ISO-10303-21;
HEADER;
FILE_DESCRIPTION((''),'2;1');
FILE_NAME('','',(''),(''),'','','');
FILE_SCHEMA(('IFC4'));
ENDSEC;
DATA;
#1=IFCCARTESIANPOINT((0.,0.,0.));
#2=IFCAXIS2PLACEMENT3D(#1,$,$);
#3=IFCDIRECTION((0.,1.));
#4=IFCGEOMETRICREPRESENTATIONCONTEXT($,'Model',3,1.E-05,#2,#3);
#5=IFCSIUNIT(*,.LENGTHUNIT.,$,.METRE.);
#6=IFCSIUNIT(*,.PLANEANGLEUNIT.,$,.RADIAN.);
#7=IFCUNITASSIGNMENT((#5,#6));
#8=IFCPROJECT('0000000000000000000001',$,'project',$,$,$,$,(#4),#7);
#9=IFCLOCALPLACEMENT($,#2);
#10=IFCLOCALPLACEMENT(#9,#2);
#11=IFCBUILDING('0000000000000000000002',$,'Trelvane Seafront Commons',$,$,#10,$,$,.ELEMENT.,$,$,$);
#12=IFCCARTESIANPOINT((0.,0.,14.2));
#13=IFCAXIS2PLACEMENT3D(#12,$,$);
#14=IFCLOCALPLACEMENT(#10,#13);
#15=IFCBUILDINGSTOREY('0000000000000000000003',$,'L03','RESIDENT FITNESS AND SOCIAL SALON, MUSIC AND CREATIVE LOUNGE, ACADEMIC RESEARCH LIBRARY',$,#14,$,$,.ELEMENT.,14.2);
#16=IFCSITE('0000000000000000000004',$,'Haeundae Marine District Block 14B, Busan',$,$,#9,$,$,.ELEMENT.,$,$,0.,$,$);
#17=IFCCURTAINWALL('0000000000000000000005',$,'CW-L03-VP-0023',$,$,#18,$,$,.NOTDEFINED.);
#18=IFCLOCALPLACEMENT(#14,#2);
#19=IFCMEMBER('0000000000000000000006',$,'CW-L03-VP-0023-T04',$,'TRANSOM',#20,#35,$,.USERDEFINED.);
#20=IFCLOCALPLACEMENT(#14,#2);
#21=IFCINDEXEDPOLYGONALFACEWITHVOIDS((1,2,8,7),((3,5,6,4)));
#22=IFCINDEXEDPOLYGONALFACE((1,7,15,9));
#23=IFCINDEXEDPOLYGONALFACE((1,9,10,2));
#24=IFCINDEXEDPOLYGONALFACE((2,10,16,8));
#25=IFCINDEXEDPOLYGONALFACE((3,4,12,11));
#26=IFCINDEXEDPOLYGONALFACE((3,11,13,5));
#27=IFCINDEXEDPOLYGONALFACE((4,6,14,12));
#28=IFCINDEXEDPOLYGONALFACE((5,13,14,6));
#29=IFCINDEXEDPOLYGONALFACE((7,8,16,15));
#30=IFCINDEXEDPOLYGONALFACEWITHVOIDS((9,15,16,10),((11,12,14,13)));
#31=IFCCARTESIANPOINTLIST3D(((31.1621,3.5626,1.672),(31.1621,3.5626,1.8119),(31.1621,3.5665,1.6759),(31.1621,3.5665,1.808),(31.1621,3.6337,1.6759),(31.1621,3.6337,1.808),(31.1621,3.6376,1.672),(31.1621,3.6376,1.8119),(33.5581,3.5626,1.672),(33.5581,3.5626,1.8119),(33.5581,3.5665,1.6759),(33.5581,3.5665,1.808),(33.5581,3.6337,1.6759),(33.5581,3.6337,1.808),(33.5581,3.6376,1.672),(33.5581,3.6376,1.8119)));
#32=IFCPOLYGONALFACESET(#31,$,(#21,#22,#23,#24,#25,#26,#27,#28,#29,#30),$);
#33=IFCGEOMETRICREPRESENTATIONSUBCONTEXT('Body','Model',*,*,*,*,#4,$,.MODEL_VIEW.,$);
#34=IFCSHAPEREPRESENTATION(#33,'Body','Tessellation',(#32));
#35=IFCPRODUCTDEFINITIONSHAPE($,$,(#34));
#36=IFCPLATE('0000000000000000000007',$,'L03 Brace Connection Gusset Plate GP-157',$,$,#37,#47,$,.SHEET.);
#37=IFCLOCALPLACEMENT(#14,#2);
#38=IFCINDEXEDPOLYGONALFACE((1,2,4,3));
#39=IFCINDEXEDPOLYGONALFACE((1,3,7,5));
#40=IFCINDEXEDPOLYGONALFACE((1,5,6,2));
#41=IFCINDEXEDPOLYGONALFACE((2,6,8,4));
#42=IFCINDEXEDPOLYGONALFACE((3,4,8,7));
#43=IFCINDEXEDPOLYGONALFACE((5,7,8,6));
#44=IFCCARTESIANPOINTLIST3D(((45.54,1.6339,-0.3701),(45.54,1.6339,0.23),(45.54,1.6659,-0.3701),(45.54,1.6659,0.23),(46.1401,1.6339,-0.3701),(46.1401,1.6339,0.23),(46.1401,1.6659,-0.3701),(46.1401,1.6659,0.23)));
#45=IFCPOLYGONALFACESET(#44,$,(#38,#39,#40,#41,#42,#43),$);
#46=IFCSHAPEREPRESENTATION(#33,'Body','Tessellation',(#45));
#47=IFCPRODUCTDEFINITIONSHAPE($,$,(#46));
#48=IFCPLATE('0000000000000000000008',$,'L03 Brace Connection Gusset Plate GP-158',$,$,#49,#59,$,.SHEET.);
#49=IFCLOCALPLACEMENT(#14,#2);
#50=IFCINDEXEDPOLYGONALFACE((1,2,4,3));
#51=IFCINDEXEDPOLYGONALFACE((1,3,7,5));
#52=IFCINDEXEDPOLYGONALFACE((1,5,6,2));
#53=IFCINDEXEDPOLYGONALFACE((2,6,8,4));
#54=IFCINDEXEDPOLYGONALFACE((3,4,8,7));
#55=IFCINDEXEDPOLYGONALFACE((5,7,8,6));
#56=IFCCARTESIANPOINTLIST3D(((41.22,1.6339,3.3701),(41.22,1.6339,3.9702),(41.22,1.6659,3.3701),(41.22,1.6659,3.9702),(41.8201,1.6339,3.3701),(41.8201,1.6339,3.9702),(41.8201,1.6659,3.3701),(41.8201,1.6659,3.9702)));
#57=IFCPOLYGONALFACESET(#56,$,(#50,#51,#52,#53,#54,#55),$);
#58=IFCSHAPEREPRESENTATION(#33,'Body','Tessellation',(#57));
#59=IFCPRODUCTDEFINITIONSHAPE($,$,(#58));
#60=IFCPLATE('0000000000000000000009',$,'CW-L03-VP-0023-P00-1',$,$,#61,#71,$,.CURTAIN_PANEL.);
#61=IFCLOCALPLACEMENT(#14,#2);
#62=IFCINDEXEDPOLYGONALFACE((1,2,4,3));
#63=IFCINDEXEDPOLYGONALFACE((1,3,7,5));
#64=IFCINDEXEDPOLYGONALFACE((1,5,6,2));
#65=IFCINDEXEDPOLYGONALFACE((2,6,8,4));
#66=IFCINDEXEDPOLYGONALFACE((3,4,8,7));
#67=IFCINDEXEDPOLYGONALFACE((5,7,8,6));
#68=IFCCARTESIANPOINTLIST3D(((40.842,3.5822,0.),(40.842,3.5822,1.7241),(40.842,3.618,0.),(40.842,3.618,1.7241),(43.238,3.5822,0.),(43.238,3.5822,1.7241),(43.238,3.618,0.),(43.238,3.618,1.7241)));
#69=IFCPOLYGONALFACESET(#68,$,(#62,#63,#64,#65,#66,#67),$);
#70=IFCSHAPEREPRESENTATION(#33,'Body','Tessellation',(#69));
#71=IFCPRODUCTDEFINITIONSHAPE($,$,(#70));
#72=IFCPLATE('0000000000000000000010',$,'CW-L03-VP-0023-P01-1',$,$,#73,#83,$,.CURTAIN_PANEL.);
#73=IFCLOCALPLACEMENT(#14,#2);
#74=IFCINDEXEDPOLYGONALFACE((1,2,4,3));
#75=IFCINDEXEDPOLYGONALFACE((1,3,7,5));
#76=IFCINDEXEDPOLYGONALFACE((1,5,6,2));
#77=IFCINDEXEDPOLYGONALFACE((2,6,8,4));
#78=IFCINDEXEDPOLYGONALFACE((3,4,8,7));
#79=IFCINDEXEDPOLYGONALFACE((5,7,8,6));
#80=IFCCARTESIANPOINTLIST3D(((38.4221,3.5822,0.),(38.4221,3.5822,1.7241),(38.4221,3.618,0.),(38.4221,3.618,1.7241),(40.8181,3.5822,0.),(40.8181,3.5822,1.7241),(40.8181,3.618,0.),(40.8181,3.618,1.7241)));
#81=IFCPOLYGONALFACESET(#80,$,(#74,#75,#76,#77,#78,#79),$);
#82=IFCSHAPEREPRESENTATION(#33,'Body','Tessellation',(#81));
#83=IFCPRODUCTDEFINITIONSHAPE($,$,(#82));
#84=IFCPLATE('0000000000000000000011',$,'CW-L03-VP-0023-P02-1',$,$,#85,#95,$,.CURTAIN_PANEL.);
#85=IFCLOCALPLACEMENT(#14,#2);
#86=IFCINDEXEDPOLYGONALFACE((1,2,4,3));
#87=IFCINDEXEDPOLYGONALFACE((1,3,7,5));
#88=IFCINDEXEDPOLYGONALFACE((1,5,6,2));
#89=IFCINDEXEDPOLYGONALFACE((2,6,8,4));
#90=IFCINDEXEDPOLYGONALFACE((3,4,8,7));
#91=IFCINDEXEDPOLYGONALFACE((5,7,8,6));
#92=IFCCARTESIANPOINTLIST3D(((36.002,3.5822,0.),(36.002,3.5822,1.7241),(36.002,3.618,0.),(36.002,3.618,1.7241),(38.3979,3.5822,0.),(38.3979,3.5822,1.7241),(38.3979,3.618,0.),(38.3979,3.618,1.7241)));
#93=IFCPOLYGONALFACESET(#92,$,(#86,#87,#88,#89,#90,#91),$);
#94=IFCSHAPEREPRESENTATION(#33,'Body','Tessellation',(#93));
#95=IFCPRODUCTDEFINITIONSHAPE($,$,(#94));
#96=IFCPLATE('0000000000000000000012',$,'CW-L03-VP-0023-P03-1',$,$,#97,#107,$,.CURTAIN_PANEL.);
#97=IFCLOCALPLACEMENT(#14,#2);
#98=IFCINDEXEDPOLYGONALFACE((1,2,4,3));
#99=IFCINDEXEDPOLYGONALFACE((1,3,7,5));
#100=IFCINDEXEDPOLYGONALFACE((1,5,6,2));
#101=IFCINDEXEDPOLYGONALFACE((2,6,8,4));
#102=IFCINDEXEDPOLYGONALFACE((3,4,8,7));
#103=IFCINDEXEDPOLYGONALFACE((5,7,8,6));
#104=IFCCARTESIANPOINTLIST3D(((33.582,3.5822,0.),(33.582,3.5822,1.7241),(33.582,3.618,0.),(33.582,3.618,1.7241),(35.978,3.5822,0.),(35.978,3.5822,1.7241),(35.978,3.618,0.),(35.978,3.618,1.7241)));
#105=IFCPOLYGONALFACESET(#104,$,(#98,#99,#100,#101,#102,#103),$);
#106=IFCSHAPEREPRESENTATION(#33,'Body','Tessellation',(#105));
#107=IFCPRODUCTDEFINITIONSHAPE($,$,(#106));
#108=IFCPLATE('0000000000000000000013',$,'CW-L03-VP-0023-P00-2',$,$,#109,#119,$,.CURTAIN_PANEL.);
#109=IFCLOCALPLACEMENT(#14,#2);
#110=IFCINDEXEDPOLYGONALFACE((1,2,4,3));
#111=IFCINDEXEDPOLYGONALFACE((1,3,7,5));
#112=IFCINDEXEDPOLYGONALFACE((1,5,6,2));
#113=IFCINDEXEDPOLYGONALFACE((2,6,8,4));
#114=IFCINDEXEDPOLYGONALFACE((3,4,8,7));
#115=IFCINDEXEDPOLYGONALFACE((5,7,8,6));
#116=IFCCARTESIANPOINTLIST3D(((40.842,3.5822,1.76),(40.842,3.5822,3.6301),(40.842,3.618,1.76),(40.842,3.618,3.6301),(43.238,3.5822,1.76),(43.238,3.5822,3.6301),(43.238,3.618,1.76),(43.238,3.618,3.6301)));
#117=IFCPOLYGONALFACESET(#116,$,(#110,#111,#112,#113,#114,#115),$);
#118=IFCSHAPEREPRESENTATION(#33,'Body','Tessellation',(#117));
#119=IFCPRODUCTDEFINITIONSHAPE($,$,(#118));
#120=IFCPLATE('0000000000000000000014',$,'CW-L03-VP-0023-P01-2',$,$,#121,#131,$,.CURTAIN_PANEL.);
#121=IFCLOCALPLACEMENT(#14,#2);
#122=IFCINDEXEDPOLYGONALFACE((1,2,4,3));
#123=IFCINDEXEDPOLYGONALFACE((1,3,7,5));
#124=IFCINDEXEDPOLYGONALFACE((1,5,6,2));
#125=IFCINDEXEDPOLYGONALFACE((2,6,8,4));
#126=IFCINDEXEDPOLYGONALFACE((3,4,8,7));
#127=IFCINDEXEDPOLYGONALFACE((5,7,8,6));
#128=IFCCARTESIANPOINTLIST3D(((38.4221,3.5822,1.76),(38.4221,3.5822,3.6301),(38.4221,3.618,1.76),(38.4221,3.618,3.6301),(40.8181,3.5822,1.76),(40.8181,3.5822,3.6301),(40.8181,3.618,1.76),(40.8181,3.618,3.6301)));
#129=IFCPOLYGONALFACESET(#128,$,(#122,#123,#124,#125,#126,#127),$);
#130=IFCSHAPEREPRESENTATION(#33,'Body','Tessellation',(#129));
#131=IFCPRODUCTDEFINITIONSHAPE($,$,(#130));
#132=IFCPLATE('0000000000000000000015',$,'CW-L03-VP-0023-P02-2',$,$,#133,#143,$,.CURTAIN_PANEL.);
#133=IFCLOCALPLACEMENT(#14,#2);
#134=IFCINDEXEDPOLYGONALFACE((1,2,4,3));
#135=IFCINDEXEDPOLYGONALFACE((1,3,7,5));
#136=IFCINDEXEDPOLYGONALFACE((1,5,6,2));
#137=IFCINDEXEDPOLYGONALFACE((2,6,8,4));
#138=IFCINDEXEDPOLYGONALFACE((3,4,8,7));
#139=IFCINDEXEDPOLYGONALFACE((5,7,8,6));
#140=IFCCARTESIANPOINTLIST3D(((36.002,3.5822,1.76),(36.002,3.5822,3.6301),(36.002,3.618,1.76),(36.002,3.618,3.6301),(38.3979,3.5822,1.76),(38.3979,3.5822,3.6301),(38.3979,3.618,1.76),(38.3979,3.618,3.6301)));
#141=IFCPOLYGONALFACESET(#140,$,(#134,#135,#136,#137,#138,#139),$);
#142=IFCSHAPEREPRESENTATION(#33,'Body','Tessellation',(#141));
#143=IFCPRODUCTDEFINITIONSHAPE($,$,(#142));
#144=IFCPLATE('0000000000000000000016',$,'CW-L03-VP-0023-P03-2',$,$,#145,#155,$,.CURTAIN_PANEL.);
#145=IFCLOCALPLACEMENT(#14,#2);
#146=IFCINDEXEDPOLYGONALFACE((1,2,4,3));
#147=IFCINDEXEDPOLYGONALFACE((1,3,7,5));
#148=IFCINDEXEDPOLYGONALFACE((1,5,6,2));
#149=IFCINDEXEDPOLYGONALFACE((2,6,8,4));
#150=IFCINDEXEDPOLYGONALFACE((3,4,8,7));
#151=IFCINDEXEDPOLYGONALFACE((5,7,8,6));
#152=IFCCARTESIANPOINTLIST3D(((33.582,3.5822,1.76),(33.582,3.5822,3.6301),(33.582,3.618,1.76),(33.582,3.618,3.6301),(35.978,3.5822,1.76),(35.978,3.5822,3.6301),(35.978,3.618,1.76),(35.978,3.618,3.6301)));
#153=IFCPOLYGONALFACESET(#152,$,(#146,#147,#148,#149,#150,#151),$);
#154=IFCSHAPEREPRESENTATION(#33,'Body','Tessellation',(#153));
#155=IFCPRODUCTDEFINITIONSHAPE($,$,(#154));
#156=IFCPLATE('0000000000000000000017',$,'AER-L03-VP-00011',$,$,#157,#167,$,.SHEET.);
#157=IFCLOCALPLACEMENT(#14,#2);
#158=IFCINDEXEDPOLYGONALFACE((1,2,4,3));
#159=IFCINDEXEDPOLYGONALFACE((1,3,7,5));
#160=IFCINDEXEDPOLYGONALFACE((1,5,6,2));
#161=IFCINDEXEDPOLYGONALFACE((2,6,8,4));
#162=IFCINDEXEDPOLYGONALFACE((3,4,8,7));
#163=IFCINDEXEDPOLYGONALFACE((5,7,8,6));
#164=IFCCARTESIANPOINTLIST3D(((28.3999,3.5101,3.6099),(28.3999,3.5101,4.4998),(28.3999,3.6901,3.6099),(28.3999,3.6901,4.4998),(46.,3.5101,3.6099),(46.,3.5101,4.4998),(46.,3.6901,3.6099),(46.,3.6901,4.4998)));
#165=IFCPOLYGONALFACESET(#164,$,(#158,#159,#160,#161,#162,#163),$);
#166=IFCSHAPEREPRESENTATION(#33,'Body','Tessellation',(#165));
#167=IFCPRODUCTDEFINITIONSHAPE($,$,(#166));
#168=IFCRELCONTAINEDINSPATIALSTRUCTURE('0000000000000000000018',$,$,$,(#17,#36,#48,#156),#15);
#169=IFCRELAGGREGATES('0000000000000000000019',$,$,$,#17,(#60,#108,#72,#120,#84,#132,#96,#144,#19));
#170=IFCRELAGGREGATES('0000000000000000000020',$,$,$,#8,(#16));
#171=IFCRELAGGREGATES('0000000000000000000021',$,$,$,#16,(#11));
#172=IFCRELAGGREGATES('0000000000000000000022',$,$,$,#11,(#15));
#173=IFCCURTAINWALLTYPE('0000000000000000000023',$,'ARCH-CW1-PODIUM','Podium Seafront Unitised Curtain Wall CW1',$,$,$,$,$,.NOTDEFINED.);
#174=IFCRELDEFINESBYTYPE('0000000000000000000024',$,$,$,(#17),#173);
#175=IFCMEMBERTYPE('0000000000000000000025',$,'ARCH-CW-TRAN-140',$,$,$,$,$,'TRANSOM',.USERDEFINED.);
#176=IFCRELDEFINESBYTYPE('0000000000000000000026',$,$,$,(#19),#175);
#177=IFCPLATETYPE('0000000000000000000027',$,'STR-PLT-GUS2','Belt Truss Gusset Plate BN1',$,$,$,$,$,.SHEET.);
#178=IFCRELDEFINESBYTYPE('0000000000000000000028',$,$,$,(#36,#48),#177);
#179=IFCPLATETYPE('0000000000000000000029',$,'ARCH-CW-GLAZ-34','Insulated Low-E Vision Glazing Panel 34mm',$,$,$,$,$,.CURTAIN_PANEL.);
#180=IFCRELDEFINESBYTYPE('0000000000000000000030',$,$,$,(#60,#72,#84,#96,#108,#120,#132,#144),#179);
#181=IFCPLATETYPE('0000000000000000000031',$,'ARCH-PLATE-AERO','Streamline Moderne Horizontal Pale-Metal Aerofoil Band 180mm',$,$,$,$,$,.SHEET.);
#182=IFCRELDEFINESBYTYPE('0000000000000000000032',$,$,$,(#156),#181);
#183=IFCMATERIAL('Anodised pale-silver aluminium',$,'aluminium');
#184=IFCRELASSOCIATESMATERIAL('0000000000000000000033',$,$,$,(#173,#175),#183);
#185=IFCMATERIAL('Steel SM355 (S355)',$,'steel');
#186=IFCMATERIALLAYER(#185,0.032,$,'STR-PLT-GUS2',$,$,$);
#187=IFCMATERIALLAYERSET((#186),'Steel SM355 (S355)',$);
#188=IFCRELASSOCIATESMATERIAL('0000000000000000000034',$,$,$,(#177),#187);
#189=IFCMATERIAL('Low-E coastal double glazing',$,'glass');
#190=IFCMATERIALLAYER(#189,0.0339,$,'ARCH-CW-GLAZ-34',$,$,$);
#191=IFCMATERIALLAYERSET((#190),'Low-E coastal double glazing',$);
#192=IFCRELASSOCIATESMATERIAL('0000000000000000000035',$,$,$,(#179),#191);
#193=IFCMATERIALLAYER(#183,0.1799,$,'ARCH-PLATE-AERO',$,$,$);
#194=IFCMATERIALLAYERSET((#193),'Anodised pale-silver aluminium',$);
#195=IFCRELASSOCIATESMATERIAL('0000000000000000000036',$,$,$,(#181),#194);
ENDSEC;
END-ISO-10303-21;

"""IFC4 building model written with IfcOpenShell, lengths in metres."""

from ifc_helpers import new_model, si_unit, direction, frame, origin, origin_2d, place, context, subcontext, project, spatial, rectangle, hollow_rectangle, extrude, source, transform, mapped, material, layer, layer_set, material_profile, profile_set, type_object, element, aggregate, save


model = new_model("IFC4")

# Units and contexts
model_context = context("Model", 3, precision=1e-05, world=origin(), true_north=direction((0.0, 1.0)))
body_context = subcontext(model_context, "Body", "Model", "MODEL_VIEW")
ifc_project = project(units=[si_unit("LENGTHUNIT", "METRE"), si_unit("PLANEANGLEUNIT", "RADIAN")], contexts=[model_context])

# Site, building, storey
site_placement = place(None, origin())
site = spatial("IfcSite", under=ifc_project, at=site_placement, Name="Haeundae Marine District Block 14B, Busan", CompositionType="ELEMENT", RefElevation=0.0)
building_placement = place(site_placement, origin())
building = spatial("IfcBuilding", under=site, at=building_placement, Name="Trelvane Seafront Commons", CompositionType="ELEMENT")
storey_placement = place(building_placement, frame((0.0, 0.0, 14.2)))
storey = spatial("IfcBuildingStorey", under=building, at=storey_placement, Name="L03", Description="RESIDENT FITNESS AND SOCIAL SALON, MUSIC AND CREATIVE LOUNGE, ACADEMIC RESEARCH LIBRARY", CompositionType="ELEMENT", Elevation=14.2)

# Shared definitions
ifc_material_1 = material(Name="Steel SM355 (S355)", Category="steel")

# Curtain wall, member
ifc_material_2 = material(Name="Anodised pale-silver aluminium", Category="aluminium")
curtain_wall_type = type_object("IfcCurtainWallType", Name="ARCH-CW1-PODIUM", Description="Podium Seafront Unitised Curtain Wall CW1", PredefinedType="NOTDEFINED", material=ifc_material_2)
curtain_wall_placement = place(storey_placement, origin())
curtain_wall = element("IfcCurtainWall", 1, at=curtain_wall_placement, inside=storey, type_object=curtain_wall_type, Name="CW-L03-VP-0023", PredefinedType="NOTDEFINED")
ifc_material_profile_1 = material_profile(ifc_material_2, hollow_rectangle(XDim=0.075, YDim=0.1399, WallThickness=0.0039, at=origin_2d()), Name="TRAN-75x140x4")
ifc_profile_set_1 = profile_set([ifc_material_profile_1], Name="Anodised pale-silver aluminium")
member_type_1 = type_object("IfcMemberType", Name="ARCH-CW-TRAN-140", ElementType="TRANSOM", PredefinedType="USERDEFINED", material=ifc_profile_set_1)
shared_shape_1 = source(origin(), body_context, "Body", "SweptSolid", [
    extrude(hollow_rectangle(XDim=0.075, YDim=0.1399, WallThickness=0.0039, at=origin_2d()), origin(), (0.0, 0.0, 1.0), 2.396),
])
member_1_placement = place(storey_placement, frame((33.5581, 3.6001, 1.7419), z_axis=(-1.0, 0.0, 0.0), x_axis=(0.0, -1.0, 0.0)))
member_1 = element("IfcMember", 2, at=member_1_placement, type_object=member_type_1, Name="CW-L03-VP-0023-T04", ObjectType="TRANSOM", PredefinedType="USERDEFINED", context=body_context, shape_type="MappedRepresentation", body=[
    mapped(shared_shape_1, transform((0.0, 0.0, 0.0), x_axis=(1.0, 0.0, 0.0), y_axis=(0.0, 1.0, 0.0), z_axis=(0.0, 0.0, 1.0), scale=1.0)),
])

# Plates
ifc_layer_1 = layer(ifc_material_1, 0.032, Name="STR-PLT-GUS2")
ifc_layer_set_1 = layer_set([ifc_layer_1], Name="Steel SM355 (S355)")
plate_type_1 = type_object("IfcPlateType", Name="STR-PLT-GUS2", Description="Belt Truss Gusset Plate BN1", PredefinedType="SHEET", material=ifc_layer_set_1)
shared_shape_2 = source(origin(), body_context, "Body", "SweptSolid", [
    extrude(rectangle(XDim=0.6001, YDim=0.032, at=origin_2d()), origin(), (0.0, 0.0, 1.0), 0.6001),
])
for number, where, z_axis, x_axis, name in (
    (3, (45.8401, 1.6499, -0.3701), (0.0, 0.0, 1.0), (1.0, 0.0, 0.0), "L03 Brace Connection Gusset Plate GP-157"),
    (4, (41.52, 1.6499, 3.3701), (0.0, 0.0, 1.0), (1.0, 0.0, 0.0), "L03 Brace Connection Gusset Plate GP-158"),
):
    element("IfcPlate", number, at=place(storey_placement, frame(where, z_axis=z_axis, x_axis=x_axis)), inside=storey, type_object=plate_type_1, Name=name, PredefinedType="SHEET", context=body_context, shape_type="MappedRepresentation", body=[
        mapped(shared_shape_2, transform((0.0, 0.0, 0.0), x_axis=(1.0, 0.0, 0.0), y_axis=(0.0, 1.0, 0.0), z_axis=(0.0, 0.0, 1.0), scale=1.0)),
    ])

# Plates
ifc_material_3 = material(Name="Low-E coastal double glazing", Category="glass")
ifc_layer_2 = layer(ifc_material_3, 0.0339, Name="ARCH-CW-GLAZ-34")
ifc_layer_set_2 = layer_set([ifc_layer_2], Name="Low-E coastal double glazing")
plate_type_2 = type_object("IfcPlateType", Name="ARCH-CW-GLAZ-34", Description="Insulated Low-E Vision Glazing Panel 34mm", PredefinedType="CURTAIN_PANEL", material=ifc_layer_set_2)
shared_shape_3 = source(origin(), body_context, "Body", "SweptSolid", [
    extrude(rectangle(XDim=2.396, YDim=0.0359, at=origin_2d()), origin(), (0.0, 0.0, 1.0), 1.7241),
])
plate_1_placement = place(storey_placement, frame((42.04, 3.6001, 0.0), z_axis=(0.0, 0.0, 1.0), x_axis=(-1.0, 0.0, 0.0)))
plate_1 = element("IfcPlate", 5, at=plate_1_placement, type_object=plate_type_2, Name="CW-L03-VP-0023-P00-1", PredefinedType="CURTAIN_PANEL", context=body_context, shape_type="MappedRepresentation", body=[
    mapped(shared_shape_3, transform((0.0, 0.0, 0.0), x_axis=(1.0, 0.0, 0.0), y_axis=(0.0, 1.0, 0.0), z_axis=(0.0, 0.0, 1.0), scale=1.0)),
])
plate_2_placement = place(storey_placement, frame((39.6201, 3.6001, 0.0), z_axis=(0.0, 0.0, 1.0), x_axis=(-1.0, 0.0, 0.0)))
plate_2 = element("IfcPlate", 6, at=plate_2_placement, type_object=plate_type_2, Name="CW-L03-VP-0023-P01-1", PredefinedType="CURTAIN_PANEL", context=body_context, shape_type="MappedRepresentation", body=[
    mapped(shared_shape_3, transform((0.0, 0.0, 0.0), x_axis=(1.0, 0.0, 0.0), y_axis=(0.0, 1.0, 0.0), z_axis=(0.0, 0.0, 1.0), scale=1.0)),
])
plate_3_placement = place(storey_placement, frame((37.2, 3.6001, 0.0), z_axis=(0.0, 0.0, 1.0), x_axis=(-1.0, 0.0, 0.0)))
plate_3 = element("IfcPlate", 7, at=plate_3_placement, type_object=plate_type_2, Name="CW-L03-VP-0023-P02-1", PredefinedType="CURTAIN_PANEL", context=body_context, shape_type="MappedRepresentation", body=[
    mapped(shared_shape_3, transform((0.0, 0.0, 0.0), x_axis=(1.0, 0.0, 0.0), y_axis=(0.0, 1.0, 0.0), z_axis=(0.0, 0.0, 1.0), scale=1.0)),
])
plate_4_placement = place(storey_placement, frame((34.78, 3.6001, 0.0), z_axis=(0.0, 0.0, 1.0), x_axis=(-1.0, 0.0, 0.0)))
plate_4 = element("IfcPlate", 8, at=plate_4_placement, type_object=plate_type_2, Name="CW-L03-VP-0023-P03-1", PredefinedType="CURTAIN_PANEL", context=body_context, shape_type="MappedRepresentation", body=[
    mapped(shared_shape_3, transform((0.0, 0.0, 0.0), x_axis=(1.0, 0.0, 0.0), y_axis=(0.0, 1.0, 0.0), z_axis=(0.0, 0.0, 1.0), scale=1.0)),
])
shared_shape_4 = source(origin(), body_context, "Body", "SweptSolid", [
    extrude(rectangle(XDim=2.396, YDim=0.0359, at=origin_2d()), origin(), (0.0, 0.0, 1.0), 1.8701),
])
plate_5_placement = place(storey_placement, frame((42.04, 3.6001, 1.76), z_axis=(0.0, 0.0, 1.0), x_axis=(-1.0, 0.0, 0.0)))
plate_5 = element("IfcPlate", 9, at=plate_5_placement, type_object=plate_type_2, Name="CW-L03-VP-0023-P00-2", PredefinedType="CURTAIN_PANEL", context=body_context, shape_type="MappedRepresentation", body=[
    mapped(shared_shape_4, transform((0.0, 0.0, 0.0), x_axis=(1.0, 0.0, 0.0), y_axis=(0.0, 1.0, 0.0), z_axis=(0.0, 0.0, 1.0), scale=1.0)),
])
plate_6_placement = place(storey_placement, frame((39.6201, 3.6001, 1.76), z_axis=(0.0, 0.0, 1.0), x_axis=(-1.0, 0.0, 0.0)))
plate_6 = element("IfcPlate", 10, at=plate_6_placement, type_object=plate_type_2, Name="CW-L03-VP-0023-P01-2", PredefinedType="CURTAIN_PANEL", context=body_context, shape_type="MappedRepresentation", body=[
    mapped(shared_shape_4, transform((0.0, 0.0, 0.0), x_axis=(1.0, 0.0, 0.0), y_axis=(0.0, 1.0, 0.0), z_axis=(0.0, 0.0, 1.0), scale=1.0)),
])
plate_7_placement = place(storey_placement, frame((37.2, 3.6001, 1.76), z_axis=(0.0, 0.0, 1.0), x_axis=(-1.0, 0.0, 0.0)))
plate_7 = element("IfcPlate", 11, at=plate_7_placement, type_object=plate_type_2, Name="CW-L03-VP-0023-P02-2", PredefinedType="CURTAIN_PANEL", context=body_context, shape_type="MappedRepresentation", body=[
    mapped(shared_shape_4, transform((0.0, 0.0, 0.0), x_axis=(1.0, 0.0, 0.0), y_axis=(0.0, 1.0, 0.0), z_axis=(0.0, 0.0, 1.0), scale=1.0)),
])
plate_8_placement = place(storey_placement, frame((34.78, 3.6001, 1.76), z_axis=(0.0, 0.0, 1.0), x_axis=(-1.0, 0.0, 0.0)))
plate_8 = element("IfcPlate", 12, at=plate_8_placement, type_object=plate_type_2, Name="CW-L03-VP-0023-P03-2", PredefinedType="CURTAIN_PANEL", context=body_context, shape_type="MappedRepresentation", body=[
    mapped(shared_shape_4, transform((0.0, 0.0, 0.0), x_axis=(1.0, 0.0, 0.0), y_axis=(0.0, 1.0, 0.0), z_axis=(0.0, 0.0, 1.0), scale=1.0)),
])
aggregate(curtain_wall, [plate_1, plate_5, plate_2, plate_6, plate_3, plate_7, plate_4, plate_8, member_1])
ifc_layer_3 = layer(ifc_material_2, 0.1799, Name="ARCH-PLATE-AERO")
ifc_layer_set_3 = layer_set([ifc_layer_3], Name="Anodised pale-silver aluminium")
plate_type_3 = type_object("IfcPlateType", Name="ARCH-PLATE-AERO", Description="Streamline Moderne Horizontal Pale-Metal Aerofoil Band 180mm", PredefinedType="SHEET", material=ifc_layer_set_3)
shared_shape_5 = source(origin(), body_context, "Body", "SweptSolid", [
    extrude(rectangle(XDim=17.6001, YDim=0.1799, at=origin_2d()), origin(), (0.0, 0.0, 1.0), 0.8899),
])
plate_9_placement = place(storey_placement, frame((37.2, 3.6001, 3.6099), z_axis=(0.0, 0.0, 1.0), x_axis=(-1.0, 0.0, 0.0)))
element("IfcPlate", 13, at=plate_9_placement, inside=storey, type_object=plate_type_3, Name="AER-L03-VP-00011", PredefinedType="SHEET", context=body_context, shape_type="MappedRepresentation", body=[
    mapped(shared_shape_5, transform((0.0, 0.0, 0.0), x_axis=(1.0, 0.0, 0.0), y_axis=(0.0, 1.0, 0.0), z_axis=(0.0, 0.0, 1.0), scale=1.0)),
])

save(model, "model.ifc")
